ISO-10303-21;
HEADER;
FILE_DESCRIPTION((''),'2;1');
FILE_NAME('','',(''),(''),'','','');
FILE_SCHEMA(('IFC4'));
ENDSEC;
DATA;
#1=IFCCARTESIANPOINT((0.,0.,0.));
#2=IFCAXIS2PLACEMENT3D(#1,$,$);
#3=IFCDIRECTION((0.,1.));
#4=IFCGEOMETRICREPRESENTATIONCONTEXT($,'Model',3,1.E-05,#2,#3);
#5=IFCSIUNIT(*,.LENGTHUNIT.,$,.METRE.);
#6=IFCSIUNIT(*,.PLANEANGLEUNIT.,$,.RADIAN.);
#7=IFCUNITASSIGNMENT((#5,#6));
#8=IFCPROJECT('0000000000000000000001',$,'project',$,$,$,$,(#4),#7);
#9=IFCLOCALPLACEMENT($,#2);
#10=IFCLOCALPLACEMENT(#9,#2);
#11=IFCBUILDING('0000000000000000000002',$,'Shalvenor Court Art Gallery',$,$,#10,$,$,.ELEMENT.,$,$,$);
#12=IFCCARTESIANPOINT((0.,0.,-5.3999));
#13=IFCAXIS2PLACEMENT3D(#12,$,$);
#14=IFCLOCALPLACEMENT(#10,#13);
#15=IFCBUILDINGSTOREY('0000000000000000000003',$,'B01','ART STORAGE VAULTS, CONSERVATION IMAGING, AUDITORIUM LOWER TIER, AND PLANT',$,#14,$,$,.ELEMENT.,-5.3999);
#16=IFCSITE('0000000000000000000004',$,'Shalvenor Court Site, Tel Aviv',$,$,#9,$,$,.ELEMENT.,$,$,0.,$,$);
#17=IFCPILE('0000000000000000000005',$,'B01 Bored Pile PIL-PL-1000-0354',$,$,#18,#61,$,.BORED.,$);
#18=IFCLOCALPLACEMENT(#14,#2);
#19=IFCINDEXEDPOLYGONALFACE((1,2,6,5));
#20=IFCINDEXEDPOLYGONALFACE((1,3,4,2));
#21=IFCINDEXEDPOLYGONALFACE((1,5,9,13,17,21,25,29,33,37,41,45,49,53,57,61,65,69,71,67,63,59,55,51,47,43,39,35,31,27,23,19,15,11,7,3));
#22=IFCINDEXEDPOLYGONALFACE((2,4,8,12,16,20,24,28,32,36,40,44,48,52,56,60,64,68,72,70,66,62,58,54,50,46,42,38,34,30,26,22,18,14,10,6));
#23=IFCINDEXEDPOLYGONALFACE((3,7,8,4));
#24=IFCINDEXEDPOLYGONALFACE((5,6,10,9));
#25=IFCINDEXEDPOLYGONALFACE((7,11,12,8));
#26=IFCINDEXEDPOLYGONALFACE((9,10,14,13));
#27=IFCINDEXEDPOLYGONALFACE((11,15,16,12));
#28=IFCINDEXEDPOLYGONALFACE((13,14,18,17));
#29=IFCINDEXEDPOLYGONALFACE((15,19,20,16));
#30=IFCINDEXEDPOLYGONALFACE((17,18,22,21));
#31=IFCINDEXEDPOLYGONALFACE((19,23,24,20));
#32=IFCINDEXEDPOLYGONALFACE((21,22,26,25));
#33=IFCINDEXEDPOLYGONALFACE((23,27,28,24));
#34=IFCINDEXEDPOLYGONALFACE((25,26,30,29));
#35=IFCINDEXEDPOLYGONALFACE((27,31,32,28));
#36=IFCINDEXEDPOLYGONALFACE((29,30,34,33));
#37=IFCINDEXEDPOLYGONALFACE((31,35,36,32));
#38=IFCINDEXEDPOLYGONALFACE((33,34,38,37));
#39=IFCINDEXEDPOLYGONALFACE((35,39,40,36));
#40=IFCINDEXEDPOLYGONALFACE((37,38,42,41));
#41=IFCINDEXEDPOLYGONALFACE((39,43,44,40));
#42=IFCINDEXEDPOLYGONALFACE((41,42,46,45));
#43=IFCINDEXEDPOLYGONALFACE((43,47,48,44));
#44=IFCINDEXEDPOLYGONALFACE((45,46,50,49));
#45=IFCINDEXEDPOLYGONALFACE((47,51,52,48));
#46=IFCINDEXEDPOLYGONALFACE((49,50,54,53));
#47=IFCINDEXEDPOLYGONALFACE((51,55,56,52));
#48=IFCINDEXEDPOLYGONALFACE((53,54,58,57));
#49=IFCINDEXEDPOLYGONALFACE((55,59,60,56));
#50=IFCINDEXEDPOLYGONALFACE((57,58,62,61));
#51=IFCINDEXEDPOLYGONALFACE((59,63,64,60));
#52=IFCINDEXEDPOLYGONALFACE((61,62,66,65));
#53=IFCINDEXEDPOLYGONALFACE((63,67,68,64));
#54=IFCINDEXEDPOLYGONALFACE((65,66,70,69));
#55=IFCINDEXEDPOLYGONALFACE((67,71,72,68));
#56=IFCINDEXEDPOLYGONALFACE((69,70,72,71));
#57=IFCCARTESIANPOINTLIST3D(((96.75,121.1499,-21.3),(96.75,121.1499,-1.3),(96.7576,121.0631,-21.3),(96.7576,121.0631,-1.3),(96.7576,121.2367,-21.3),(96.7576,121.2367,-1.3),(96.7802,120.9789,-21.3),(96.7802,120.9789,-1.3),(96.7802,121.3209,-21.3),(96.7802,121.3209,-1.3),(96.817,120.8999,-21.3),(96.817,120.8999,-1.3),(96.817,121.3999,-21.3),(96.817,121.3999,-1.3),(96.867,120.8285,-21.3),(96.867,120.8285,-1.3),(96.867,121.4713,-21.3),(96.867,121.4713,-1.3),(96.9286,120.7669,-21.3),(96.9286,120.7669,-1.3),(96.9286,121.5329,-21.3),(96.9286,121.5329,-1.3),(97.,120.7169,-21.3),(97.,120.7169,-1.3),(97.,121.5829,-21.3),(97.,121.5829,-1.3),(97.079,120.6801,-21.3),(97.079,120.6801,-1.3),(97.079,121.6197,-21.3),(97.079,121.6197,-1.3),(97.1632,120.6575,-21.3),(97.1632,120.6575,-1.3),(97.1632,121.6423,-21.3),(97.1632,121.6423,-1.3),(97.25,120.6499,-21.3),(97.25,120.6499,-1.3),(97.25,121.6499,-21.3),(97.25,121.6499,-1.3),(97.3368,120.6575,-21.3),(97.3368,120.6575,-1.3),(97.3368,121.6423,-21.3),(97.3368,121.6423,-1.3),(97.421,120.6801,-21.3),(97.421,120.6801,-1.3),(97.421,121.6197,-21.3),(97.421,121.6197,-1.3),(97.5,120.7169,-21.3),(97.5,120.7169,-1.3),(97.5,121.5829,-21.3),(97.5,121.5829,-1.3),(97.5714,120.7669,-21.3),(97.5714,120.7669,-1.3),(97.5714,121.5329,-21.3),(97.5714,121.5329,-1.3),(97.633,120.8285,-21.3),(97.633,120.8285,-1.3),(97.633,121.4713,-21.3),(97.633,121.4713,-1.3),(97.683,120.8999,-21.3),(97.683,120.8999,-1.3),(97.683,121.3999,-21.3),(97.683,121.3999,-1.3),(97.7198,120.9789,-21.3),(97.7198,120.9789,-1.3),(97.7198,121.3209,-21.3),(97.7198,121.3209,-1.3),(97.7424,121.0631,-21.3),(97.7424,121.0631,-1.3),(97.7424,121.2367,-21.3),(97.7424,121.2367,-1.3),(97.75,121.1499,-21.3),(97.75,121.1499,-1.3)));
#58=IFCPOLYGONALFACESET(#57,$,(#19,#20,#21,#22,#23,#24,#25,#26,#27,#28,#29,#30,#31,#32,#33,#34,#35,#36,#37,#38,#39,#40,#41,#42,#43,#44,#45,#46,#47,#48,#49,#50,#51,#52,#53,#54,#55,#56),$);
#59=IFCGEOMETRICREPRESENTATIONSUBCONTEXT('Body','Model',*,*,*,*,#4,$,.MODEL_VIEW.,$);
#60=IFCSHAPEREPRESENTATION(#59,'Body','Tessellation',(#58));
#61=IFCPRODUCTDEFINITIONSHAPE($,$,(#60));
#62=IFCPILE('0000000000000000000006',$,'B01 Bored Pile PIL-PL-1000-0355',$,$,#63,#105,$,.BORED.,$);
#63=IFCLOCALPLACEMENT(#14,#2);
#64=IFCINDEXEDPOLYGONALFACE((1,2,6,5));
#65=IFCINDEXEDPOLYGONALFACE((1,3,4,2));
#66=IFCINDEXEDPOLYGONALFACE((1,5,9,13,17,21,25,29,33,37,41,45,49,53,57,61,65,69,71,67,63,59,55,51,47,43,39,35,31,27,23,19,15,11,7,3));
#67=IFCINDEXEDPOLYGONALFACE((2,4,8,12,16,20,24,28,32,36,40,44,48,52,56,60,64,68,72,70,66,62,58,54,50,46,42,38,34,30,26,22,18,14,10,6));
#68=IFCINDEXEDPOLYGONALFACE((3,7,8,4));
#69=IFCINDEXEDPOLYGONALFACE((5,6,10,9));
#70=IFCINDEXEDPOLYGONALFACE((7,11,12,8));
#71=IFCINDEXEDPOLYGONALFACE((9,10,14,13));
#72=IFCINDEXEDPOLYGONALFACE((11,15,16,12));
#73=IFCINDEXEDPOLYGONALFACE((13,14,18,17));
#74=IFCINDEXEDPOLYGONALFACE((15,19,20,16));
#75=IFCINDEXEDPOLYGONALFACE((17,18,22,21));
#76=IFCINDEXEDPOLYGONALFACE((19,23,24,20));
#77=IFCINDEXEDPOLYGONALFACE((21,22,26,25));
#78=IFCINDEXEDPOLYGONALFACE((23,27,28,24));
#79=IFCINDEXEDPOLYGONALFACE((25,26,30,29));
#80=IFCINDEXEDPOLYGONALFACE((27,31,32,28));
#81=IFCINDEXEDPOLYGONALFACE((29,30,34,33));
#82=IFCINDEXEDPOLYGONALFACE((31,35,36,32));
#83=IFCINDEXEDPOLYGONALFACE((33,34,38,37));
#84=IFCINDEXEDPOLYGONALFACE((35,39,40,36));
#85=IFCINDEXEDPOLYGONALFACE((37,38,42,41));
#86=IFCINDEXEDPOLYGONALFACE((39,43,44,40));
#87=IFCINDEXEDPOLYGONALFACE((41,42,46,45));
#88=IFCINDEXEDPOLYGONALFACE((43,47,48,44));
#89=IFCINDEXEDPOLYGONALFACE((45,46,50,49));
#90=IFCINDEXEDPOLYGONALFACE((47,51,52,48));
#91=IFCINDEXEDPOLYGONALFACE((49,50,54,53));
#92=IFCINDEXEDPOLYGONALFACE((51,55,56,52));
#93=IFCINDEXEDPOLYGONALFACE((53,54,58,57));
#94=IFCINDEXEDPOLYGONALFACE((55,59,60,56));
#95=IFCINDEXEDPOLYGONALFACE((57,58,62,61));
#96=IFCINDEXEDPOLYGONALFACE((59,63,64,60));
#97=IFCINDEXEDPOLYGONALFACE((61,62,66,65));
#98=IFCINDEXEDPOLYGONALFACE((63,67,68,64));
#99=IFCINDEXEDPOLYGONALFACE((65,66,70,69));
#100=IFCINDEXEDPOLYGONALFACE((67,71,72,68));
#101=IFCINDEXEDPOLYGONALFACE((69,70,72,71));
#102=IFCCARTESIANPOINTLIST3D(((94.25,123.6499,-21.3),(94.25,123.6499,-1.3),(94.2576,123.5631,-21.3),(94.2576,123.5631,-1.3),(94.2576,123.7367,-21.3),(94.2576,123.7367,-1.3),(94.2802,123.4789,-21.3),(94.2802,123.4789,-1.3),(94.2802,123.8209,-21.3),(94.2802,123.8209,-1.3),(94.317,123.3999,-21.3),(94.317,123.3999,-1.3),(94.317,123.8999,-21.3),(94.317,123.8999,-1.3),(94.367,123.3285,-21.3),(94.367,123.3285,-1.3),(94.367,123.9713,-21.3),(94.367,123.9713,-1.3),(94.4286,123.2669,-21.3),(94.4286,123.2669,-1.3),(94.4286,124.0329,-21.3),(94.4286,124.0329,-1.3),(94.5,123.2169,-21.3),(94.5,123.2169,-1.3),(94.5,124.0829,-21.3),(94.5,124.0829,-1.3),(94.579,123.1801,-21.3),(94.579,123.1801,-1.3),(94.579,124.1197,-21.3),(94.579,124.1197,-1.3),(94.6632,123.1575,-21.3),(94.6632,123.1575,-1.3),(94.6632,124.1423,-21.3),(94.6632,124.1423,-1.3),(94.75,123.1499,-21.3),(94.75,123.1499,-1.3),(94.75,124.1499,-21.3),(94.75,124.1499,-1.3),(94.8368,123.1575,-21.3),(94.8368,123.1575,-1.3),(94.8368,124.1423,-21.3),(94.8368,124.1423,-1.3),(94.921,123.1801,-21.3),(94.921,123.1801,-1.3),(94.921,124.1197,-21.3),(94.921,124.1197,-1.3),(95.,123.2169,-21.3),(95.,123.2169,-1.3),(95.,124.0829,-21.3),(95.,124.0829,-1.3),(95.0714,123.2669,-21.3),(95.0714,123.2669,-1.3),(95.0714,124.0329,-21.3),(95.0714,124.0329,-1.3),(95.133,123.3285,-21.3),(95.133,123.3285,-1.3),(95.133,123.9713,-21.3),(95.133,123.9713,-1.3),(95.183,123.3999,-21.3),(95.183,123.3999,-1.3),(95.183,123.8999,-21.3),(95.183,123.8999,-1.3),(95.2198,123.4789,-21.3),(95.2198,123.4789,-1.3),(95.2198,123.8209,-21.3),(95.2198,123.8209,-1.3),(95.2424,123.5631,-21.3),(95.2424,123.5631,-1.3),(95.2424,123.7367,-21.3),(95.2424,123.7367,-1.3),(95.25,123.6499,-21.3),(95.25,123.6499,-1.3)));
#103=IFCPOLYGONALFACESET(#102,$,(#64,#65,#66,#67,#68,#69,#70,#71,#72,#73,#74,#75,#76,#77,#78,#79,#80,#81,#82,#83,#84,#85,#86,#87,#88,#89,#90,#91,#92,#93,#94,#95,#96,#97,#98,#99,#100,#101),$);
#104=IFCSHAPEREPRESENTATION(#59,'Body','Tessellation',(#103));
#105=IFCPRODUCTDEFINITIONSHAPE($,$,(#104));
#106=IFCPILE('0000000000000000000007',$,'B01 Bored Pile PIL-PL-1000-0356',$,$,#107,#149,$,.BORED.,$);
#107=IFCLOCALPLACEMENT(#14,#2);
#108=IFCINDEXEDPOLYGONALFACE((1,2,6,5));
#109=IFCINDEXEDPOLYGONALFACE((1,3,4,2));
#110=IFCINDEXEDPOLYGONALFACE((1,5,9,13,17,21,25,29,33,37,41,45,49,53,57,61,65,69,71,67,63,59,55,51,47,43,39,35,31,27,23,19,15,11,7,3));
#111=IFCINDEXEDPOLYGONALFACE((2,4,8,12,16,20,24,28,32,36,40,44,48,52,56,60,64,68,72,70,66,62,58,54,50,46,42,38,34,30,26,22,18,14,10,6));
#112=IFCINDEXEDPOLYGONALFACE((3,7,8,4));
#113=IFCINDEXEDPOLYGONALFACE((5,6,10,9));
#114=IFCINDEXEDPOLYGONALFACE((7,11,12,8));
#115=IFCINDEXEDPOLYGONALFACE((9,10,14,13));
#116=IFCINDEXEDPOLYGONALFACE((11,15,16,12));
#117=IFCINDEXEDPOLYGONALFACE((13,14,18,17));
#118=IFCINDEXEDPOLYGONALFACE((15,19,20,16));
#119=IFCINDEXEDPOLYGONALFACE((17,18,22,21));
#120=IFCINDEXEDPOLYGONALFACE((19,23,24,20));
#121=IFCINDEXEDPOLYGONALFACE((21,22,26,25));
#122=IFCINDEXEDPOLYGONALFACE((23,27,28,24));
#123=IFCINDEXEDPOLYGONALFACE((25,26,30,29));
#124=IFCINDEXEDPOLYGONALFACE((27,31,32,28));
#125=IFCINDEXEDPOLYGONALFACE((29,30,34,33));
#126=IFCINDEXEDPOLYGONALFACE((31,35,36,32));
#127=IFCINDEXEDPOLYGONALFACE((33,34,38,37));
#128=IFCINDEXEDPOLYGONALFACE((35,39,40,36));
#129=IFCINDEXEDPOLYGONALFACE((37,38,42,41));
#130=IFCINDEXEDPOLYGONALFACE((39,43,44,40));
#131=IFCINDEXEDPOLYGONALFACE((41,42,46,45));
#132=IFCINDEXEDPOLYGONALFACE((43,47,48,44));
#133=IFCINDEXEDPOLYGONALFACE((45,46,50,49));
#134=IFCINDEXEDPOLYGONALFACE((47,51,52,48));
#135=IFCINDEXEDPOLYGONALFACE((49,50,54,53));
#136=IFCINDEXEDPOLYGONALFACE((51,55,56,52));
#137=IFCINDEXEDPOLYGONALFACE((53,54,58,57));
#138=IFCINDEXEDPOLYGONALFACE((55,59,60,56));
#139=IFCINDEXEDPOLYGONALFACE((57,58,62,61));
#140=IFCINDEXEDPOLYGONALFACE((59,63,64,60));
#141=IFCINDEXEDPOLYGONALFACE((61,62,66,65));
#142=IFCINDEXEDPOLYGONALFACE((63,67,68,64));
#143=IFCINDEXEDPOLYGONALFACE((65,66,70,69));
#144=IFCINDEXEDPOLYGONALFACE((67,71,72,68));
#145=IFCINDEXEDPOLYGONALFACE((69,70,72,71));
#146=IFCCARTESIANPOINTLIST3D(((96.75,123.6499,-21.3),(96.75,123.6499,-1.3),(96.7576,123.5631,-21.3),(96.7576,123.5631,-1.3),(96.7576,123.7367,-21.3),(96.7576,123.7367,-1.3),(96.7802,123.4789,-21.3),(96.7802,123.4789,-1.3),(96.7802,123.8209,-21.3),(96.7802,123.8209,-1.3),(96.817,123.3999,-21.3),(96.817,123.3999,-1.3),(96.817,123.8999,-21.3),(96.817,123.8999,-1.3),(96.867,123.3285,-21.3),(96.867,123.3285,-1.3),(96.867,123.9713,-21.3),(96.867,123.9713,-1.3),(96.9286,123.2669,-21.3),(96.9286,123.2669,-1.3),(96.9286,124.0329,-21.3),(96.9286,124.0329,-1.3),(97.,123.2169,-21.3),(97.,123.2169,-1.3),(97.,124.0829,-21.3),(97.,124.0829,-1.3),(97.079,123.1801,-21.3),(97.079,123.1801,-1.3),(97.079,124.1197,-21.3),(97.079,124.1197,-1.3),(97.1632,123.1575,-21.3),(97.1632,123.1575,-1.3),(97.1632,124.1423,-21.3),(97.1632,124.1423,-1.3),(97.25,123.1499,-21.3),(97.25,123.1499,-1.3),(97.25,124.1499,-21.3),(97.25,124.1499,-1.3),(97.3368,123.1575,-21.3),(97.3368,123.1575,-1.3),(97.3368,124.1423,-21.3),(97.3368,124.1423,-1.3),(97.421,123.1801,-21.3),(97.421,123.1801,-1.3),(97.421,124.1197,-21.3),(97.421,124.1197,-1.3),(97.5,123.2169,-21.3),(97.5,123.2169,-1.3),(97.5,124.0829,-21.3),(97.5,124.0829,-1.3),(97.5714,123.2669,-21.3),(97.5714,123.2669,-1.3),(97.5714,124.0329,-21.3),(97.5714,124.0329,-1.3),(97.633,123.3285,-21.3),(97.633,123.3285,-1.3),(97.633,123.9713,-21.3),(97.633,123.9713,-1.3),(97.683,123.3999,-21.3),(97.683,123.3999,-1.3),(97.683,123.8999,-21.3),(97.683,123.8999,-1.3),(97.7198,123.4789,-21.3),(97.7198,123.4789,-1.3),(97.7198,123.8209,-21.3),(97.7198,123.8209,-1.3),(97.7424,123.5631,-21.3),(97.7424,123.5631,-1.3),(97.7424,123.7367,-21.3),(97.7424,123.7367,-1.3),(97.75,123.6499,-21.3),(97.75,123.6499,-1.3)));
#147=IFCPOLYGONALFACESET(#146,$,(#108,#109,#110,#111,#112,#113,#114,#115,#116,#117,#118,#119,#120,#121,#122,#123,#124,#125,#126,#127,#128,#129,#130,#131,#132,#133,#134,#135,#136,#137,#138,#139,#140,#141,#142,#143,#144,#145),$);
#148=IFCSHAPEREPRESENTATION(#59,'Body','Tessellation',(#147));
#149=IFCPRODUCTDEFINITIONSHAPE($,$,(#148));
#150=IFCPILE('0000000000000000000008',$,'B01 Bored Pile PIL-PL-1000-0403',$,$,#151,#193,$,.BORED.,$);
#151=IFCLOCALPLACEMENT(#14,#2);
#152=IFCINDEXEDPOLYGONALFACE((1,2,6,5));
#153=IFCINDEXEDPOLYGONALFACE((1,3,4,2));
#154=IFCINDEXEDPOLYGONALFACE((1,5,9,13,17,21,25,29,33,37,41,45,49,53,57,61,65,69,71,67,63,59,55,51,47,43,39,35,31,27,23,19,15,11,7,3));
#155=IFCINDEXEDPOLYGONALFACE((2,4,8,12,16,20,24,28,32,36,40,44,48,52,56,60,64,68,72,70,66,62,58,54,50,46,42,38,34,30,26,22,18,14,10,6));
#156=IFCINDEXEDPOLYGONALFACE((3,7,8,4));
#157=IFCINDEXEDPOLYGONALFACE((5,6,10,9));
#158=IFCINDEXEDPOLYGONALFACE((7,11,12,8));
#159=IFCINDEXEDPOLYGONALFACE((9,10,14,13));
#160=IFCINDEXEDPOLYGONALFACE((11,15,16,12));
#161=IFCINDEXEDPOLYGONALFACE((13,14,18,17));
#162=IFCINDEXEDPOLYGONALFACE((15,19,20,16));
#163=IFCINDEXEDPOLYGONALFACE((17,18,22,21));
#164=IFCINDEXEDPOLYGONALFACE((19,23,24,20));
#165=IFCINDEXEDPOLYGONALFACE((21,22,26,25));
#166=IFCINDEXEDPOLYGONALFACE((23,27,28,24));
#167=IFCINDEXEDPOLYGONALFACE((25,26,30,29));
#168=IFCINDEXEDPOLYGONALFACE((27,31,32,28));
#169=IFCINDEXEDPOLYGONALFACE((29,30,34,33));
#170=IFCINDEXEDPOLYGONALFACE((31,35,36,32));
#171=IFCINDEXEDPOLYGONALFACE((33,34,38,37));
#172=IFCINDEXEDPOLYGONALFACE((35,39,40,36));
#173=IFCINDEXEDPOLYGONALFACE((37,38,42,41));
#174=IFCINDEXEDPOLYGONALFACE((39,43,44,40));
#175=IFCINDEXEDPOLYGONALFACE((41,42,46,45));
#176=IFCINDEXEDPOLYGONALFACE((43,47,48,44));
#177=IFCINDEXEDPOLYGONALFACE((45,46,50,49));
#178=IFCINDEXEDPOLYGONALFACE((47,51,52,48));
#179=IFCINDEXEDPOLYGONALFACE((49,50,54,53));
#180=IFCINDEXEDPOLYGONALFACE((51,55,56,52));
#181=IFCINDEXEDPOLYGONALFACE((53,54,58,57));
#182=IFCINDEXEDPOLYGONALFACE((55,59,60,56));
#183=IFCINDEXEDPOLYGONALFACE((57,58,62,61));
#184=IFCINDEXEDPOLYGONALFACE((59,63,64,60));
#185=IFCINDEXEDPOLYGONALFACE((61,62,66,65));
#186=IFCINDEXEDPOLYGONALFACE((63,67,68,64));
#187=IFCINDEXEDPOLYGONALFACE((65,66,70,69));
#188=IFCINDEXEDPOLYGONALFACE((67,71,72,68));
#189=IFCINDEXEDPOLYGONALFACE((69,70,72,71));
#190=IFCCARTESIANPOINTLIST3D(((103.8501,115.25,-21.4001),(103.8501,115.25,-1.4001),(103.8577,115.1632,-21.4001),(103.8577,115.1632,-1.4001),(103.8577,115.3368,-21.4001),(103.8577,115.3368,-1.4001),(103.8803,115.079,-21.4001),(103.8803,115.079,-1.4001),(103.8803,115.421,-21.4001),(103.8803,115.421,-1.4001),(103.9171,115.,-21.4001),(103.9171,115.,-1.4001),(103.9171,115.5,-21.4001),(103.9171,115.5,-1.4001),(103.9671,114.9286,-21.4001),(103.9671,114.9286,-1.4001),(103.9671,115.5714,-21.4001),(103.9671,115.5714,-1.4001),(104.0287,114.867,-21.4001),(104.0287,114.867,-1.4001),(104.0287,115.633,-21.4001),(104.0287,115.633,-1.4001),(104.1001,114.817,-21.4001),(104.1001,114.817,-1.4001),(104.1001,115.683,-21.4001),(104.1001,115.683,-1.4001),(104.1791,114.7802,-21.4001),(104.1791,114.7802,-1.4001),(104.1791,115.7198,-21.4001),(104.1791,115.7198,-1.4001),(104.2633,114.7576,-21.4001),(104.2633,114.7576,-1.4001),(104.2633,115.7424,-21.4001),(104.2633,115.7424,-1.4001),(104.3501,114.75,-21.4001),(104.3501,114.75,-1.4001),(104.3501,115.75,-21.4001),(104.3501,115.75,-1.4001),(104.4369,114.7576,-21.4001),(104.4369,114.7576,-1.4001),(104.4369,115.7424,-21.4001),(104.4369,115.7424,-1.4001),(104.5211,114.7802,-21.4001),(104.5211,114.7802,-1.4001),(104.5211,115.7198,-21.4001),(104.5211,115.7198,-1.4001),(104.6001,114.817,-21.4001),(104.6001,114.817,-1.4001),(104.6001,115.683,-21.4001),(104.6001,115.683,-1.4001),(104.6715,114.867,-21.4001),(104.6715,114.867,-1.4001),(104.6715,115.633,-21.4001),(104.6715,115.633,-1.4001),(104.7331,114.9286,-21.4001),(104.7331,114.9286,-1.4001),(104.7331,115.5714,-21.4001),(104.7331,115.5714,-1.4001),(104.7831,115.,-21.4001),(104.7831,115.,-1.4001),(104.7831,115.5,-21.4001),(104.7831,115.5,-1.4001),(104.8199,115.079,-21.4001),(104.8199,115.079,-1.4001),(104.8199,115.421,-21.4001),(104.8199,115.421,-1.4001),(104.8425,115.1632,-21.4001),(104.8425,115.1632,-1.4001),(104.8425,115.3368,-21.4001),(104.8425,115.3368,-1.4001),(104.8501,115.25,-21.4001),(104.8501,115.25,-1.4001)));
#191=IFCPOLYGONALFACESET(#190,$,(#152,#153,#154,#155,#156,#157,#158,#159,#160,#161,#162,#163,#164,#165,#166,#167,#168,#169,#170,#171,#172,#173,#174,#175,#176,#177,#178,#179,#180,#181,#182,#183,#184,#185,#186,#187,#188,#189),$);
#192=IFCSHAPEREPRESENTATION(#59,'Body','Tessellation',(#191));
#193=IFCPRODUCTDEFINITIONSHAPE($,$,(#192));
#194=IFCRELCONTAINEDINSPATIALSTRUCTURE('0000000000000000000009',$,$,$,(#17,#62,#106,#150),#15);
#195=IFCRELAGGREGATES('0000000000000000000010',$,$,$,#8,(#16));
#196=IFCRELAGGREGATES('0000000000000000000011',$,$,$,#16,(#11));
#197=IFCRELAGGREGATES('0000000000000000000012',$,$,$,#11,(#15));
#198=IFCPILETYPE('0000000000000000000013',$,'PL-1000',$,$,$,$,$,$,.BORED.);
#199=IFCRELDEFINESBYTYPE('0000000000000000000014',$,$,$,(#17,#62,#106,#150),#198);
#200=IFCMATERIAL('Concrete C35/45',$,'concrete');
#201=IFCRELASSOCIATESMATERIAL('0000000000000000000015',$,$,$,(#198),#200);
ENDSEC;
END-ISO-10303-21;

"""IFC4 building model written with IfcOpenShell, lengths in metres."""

from ifc_helpers import new_model, si_unit, direction, frame, origin, origin_2d, place, context, subcontext, project, spatial, circle, extrude, material, material_profile, profile_set, type_object, element, save


model = new_model("IFC4")

# Units and contexts
model_context = context("Model", 3, precision=1e-05, world=origin(), true_north=direction((0.0, 1.0)))
body_context = subcontext(model_context, "Body", "Model", "MODEL_VIEW")
ifc_project = project(units=[si_unit("LENGTHUNIT", "METRE"), si_unit("PLANEANGLEUNIT", "RADIAN")], contexts=[model_context])

# Site, building, storey
site_placement = place(None, origin())
site = spatial("IfcSite", under=ifc_project, at=site_placement, Name="Shalvenor Court Site, Tel Aviv", CompositionType="ELEMENT", RefElevation=0.0)
building_placement = place(site_placement, origin())
building = spatial("IfcBuilding", under=site, at=building_placement, Name="Shalvenor Court Art Gallery", CompositionType="ELEMENT")
storey_placement = place(building_placement, frame((0.0, 0.0, -5.3999)))
storey = spatial("IfcBuildingStorey", under=building, at=storey_placement, Name="B01", Description="ART STORAGE VAULTS, CONSERVATION IMAGING, AUDITORIUM LOWER TIER, AND PLANT", CompositionType="ELEMENT", Elevation=-5.3999)

# Piles
ifc_material_1 = material(Name="Concrete C35/45", Category="concrete")
ifc_material_profile_1 = material_profile(ifc_material_1, circle(Radius=0.5, at=origin_2d()), Name="PILE 1000")
ifc_profile_set_1 = profile_set([ifc_material_profile_1], Name="Concrete C35/45")
pile_type_1 = type_object("IfcPileType", Name="PL-1000", PredefinedType="BORED", material=ifc_profile_set_1)
for number, where, z_axis, x_axis, name in (
    (1, (97.25, 121.1499, -1.3), (0.0, 0.0, -1.0), (1.0, 0.0, 0.0), "B01 Bored Pile PIL-PL-1000-0354"),
    (2, (94.75, 123.6499, -1.3), (0.0, 0.0, -1.0), (1.0, 0.0, 0.0), "B01 Bored Pile PIL-PL-1000-0355"),
    (3, (97.25, 123.6499, -1.3), (0.0, 0.0, -1.0), (1.0, 0.0, 0.0), "B01 Bored Pile PIL-PL-1000-0356"),
    (4, (104.3501, 115.25, -1.4001), (0.0, 0.0, -1.0), (1.0, 0.0, 0.0), "B01 Bored Pile PIL-PL-1000-0403"),
):
    element("IfcPile", number, at=place(storey_placement, frame(where, z_axis=z_axis, x_axis=x_axis)), inside=storey, type_object=pile_type_1, Name=name, PredefinedType="BORED", context=body_context, shape_type="SweptSolid", body=[
        extrude(circle(Radius=0.5, at=origin_2d()), origin(), (0.0, 0.0, 1.0), 20.0),
    ])

save(model, "model.ifc")
